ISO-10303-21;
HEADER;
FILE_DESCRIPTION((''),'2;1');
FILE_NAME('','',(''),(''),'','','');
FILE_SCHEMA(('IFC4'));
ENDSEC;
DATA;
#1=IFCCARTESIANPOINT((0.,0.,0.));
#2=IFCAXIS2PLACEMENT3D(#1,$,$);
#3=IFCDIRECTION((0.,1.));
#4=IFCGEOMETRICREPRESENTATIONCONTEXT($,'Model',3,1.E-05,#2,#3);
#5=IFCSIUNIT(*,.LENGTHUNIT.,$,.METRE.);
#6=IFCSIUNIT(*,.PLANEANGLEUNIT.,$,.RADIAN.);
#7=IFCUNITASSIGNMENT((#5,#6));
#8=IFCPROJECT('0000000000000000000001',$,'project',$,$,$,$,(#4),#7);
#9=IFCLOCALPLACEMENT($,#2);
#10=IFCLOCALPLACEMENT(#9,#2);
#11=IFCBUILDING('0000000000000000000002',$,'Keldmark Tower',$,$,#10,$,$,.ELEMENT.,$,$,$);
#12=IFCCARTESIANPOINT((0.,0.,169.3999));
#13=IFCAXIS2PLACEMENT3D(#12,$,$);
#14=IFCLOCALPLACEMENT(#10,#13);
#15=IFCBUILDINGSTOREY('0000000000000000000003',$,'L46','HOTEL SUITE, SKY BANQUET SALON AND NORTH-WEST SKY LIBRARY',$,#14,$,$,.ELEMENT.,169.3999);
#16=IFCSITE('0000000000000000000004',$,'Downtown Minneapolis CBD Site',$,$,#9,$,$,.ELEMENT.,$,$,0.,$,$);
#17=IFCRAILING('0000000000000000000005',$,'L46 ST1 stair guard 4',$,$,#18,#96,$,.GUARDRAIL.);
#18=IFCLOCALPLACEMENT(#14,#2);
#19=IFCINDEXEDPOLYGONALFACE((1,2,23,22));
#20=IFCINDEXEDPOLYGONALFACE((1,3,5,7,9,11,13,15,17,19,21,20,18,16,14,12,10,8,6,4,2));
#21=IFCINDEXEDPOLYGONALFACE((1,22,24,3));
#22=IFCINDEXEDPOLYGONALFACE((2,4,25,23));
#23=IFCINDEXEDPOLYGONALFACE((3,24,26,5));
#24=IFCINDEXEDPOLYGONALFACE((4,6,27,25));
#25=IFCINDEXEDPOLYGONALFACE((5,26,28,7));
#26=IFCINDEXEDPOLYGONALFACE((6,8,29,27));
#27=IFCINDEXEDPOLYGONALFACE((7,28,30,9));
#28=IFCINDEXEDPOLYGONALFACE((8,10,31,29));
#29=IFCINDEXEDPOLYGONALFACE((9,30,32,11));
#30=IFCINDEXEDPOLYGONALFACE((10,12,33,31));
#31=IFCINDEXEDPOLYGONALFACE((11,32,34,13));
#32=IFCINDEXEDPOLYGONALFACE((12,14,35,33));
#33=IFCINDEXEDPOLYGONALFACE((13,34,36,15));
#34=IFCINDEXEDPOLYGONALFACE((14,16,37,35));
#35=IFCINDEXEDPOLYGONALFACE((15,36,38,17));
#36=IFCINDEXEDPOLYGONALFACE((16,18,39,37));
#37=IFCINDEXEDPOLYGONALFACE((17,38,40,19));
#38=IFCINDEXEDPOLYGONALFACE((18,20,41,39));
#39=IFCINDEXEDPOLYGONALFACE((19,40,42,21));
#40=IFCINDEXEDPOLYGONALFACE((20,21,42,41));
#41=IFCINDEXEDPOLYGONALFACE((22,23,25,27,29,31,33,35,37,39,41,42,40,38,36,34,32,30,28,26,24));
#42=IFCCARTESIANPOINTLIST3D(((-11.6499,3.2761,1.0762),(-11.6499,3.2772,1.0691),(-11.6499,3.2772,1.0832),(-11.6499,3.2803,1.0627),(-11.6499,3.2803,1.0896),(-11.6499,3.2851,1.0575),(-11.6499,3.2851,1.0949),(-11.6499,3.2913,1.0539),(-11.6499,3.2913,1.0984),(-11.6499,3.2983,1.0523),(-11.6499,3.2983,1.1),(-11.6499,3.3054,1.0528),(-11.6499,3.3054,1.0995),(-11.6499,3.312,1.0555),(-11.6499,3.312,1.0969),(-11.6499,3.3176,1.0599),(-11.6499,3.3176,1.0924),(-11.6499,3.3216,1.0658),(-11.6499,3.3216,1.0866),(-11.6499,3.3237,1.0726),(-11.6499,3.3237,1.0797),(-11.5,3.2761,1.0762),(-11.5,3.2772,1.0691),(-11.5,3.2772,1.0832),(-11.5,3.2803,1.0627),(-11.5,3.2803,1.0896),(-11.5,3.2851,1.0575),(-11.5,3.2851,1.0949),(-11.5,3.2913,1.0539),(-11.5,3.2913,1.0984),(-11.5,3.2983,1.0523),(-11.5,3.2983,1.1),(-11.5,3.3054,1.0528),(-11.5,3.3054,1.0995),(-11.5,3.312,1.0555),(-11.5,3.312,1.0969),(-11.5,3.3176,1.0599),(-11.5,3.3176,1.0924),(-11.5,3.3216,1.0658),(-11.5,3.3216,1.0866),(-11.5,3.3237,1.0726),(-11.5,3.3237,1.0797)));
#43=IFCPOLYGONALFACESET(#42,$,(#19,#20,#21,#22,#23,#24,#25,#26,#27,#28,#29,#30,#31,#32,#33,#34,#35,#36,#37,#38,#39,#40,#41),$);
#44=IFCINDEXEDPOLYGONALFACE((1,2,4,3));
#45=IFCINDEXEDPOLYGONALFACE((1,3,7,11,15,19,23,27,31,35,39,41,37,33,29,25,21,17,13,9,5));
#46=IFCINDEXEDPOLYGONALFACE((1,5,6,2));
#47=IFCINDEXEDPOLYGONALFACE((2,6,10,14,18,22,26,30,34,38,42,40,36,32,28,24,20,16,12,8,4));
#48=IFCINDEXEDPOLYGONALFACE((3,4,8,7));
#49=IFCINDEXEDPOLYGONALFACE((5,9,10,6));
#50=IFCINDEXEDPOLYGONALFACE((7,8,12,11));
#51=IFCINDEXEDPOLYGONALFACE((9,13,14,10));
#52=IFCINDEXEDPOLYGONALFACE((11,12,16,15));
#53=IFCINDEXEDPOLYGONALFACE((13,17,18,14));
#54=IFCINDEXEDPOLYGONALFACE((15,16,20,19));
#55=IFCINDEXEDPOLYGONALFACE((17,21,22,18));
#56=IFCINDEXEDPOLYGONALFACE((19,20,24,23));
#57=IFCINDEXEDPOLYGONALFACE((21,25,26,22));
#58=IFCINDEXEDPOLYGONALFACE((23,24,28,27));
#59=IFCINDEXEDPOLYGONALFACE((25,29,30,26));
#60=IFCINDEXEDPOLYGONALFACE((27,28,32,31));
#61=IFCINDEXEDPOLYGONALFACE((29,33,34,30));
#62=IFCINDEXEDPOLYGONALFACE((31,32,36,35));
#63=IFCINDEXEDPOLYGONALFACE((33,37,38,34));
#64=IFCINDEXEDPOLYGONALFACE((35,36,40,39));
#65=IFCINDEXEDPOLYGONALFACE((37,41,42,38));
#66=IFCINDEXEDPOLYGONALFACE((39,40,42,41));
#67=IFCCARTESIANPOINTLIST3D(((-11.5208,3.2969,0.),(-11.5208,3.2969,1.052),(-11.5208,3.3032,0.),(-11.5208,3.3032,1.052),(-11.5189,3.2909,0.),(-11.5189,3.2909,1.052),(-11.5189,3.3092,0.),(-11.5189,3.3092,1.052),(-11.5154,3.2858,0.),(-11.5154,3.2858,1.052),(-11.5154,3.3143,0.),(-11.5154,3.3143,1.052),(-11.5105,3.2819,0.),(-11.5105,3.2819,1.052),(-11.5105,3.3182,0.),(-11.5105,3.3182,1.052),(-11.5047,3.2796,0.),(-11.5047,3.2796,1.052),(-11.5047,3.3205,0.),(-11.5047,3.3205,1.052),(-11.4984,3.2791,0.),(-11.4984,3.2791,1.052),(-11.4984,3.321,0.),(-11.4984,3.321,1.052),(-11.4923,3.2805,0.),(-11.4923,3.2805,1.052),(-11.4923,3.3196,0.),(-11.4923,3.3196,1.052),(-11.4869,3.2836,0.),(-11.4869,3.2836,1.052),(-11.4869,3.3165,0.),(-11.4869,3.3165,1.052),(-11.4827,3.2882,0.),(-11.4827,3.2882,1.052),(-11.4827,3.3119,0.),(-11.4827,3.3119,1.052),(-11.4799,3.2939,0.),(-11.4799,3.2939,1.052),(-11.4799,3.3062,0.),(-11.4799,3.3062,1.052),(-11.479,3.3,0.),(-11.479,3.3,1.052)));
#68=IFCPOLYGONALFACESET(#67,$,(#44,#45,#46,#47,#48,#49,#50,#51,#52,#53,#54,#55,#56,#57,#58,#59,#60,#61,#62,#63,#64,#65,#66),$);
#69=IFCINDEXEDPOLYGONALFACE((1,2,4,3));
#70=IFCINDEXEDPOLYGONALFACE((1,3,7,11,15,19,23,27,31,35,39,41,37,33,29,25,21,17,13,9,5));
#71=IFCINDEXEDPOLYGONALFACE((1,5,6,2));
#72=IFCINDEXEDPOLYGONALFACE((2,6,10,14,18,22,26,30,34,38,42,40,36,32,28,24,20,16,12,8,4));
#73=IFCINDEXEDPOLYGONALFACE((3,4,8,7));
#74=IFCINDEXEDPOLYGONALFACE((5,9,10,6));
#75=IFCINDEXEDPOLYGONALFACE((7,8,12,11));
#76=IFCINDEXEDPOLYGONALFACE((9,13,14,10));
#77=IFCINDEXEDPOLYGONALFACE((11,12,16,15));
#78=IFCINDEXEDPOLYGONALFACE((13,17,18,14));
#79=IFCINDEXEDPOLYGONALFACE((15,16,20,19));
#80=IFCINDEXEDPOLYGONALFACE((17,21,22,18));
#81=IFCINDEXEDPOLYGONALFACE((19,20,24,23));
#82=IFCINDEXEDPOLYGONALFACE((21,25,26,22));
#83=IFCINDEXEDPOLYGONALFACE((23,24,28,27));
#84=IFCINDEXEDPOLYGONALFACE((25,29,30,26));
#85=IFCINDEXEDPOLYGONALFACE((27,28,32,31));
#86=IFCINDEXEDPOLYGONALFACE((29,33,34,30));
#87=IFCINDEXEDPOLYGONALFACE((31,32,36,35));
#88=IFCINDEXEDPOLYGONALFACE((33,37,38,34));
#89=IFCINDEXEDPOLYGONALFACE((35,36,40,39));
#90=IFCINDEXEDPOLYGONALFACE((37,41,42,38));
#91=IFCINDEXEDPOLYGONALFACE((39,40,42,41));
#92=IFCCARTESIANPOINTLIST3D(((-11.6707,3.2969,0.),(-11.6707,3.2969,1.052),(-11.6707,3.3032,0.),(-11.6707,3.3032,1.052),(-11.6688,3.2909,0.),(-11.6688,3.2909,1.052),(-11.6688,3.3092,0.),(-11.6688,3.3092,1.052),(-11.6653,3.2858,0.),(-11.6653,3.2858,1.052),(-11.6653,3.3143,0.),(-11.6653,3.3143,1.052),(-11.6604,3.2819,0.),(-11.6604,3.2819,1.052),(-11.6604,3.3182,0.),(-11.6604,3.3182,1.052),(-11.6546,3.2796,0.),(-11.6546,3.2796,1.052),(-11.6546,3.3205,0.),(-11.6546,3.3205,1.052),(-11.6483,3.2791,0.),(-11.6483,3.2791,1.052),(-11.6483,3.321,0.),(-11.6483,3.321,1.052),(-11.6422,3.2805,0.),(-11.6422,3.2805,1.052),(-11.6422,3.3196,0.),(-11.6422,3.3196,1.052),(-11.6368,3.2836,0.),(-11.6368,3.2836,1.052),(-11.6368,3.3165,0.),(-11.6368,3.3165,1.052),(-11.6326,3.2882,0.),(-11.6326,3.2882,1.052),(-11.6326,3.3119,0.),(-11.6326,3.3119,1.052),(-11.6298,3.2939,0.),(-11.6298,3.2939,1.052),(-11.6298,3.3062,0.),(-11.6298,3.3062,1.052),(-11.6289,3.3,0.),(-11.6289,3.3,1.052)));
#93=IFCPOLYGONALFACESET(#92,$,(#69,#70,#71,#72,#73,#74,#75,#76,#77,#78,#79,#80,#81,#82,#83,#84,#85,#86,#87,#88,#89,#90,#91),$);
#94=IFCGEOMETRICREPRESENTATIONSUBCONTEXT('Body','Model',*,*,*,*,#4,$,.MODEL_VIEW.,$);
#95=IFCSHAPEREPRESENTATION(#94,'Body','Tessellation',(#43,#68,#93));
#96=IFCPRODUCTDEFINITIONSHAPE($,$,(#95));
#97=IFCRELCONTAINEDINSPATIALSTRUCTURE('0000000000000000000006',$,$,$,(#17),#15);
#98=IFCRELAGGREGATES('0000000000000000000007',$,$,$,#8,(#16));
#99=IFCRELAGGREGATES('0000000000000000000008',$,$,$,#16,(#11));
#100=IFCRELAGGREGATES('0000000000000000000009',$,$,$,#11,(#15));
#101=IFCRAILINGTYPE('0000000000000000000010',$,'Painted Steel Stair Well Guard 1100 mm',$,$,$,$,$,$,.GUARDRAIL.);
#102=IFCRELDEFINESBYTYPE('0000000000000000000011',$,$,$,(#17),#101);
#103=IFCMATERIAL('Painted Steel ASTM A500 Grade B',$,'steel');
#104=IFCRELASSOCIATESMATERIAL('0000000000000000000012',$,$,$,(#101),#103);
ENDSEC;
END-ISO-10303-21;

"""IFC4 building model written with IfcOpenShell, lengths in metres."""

from ifc_helpers import new_model, si_unit, direction, frame, origin, origin_2d, place, context, subcontext, project, spatial, circle, extrude, material, type_object, element, save


model = new_model("IFC4")

# Units and contexts
model_context = context("Model", 3, precision=1e-05, world=origin(), true_north=direction((0.0, 1.0)))
body_context = subcontext(model_context, "Body", "Model", "MODEL_VIEW")
ifc_project = project(units=[si_unit("LENGTHUNIT", "METRE"), si_unit("PLANEANGLEUNIT", "RADIAN")], contexts=[model_context])

# Site, building, storey
site_placement = place(None, origin())
site = spatial("IfcSite", under=ifc_project, at=site_placement, Name="Downtown Minneapolis CBD Site", CompositionType="ELEMENT", RefElevation=0.0)
building_placement = place(site_placement, origin())
building = spatial("IfcBuilding", under=site, at=building_placement, Name="Keldmark Tower", CompositionType="ELEMENT")
storey_placement = place(building_placement, frame((0.0, 0.0, 169.3999)))
storey = spatial("IfcBuildingStorey", under=building, at=storey_placement, Name="L46", Description="HOTEL SUITE, SKY BANQUET SALON AND NORTH-WEST SKY LIBRARY", CompositionType="ELEMENT", Elevation=169.3999)

# Railing
ifc_material_1 = material(Name="Painted Steel ASTM A500 Grade B", Category="steel")
railing_type_1 = type_object("IfcRailingType", Name="Painted Steel Stair Well Guard 1100 mm", PredefinedType="GUARDRAIL", material=ifc_material_1)
railing_1_placement = place(storey_placement, frame((-11.5, 3.3, 0.0)))
element("IfcRailing", 1, at=railing_1_placement, inside=storey, type_object=railing_type_1, Name="L46 ST1 stair guard 4", PredefinedType="GUARDRAIL", context=body_context, shape_type="SweptSolid", body=[
    extrude(circle(Radius=0.0239, at=origin_2d()), frame((0.0, 0.0, 1.0762), z_axis=(-1.0, 0.0, 0.0), x_axis=(0.0, -1.0, 0.0)), (0.0, 0.0, 1.0), 0.1499),
    extrude(circle(Radius=0.021, at=origin_2d()), origin(), (0.0, 0.0, 1.0), 1.052),
    extrude(circle(Radius=0.021, at=origin_2d()), frame((-0.1499, 0.0, 0.0)), (0.0, 0.0, 1.0), 1.052),
])

save(model, "model.ifc")
